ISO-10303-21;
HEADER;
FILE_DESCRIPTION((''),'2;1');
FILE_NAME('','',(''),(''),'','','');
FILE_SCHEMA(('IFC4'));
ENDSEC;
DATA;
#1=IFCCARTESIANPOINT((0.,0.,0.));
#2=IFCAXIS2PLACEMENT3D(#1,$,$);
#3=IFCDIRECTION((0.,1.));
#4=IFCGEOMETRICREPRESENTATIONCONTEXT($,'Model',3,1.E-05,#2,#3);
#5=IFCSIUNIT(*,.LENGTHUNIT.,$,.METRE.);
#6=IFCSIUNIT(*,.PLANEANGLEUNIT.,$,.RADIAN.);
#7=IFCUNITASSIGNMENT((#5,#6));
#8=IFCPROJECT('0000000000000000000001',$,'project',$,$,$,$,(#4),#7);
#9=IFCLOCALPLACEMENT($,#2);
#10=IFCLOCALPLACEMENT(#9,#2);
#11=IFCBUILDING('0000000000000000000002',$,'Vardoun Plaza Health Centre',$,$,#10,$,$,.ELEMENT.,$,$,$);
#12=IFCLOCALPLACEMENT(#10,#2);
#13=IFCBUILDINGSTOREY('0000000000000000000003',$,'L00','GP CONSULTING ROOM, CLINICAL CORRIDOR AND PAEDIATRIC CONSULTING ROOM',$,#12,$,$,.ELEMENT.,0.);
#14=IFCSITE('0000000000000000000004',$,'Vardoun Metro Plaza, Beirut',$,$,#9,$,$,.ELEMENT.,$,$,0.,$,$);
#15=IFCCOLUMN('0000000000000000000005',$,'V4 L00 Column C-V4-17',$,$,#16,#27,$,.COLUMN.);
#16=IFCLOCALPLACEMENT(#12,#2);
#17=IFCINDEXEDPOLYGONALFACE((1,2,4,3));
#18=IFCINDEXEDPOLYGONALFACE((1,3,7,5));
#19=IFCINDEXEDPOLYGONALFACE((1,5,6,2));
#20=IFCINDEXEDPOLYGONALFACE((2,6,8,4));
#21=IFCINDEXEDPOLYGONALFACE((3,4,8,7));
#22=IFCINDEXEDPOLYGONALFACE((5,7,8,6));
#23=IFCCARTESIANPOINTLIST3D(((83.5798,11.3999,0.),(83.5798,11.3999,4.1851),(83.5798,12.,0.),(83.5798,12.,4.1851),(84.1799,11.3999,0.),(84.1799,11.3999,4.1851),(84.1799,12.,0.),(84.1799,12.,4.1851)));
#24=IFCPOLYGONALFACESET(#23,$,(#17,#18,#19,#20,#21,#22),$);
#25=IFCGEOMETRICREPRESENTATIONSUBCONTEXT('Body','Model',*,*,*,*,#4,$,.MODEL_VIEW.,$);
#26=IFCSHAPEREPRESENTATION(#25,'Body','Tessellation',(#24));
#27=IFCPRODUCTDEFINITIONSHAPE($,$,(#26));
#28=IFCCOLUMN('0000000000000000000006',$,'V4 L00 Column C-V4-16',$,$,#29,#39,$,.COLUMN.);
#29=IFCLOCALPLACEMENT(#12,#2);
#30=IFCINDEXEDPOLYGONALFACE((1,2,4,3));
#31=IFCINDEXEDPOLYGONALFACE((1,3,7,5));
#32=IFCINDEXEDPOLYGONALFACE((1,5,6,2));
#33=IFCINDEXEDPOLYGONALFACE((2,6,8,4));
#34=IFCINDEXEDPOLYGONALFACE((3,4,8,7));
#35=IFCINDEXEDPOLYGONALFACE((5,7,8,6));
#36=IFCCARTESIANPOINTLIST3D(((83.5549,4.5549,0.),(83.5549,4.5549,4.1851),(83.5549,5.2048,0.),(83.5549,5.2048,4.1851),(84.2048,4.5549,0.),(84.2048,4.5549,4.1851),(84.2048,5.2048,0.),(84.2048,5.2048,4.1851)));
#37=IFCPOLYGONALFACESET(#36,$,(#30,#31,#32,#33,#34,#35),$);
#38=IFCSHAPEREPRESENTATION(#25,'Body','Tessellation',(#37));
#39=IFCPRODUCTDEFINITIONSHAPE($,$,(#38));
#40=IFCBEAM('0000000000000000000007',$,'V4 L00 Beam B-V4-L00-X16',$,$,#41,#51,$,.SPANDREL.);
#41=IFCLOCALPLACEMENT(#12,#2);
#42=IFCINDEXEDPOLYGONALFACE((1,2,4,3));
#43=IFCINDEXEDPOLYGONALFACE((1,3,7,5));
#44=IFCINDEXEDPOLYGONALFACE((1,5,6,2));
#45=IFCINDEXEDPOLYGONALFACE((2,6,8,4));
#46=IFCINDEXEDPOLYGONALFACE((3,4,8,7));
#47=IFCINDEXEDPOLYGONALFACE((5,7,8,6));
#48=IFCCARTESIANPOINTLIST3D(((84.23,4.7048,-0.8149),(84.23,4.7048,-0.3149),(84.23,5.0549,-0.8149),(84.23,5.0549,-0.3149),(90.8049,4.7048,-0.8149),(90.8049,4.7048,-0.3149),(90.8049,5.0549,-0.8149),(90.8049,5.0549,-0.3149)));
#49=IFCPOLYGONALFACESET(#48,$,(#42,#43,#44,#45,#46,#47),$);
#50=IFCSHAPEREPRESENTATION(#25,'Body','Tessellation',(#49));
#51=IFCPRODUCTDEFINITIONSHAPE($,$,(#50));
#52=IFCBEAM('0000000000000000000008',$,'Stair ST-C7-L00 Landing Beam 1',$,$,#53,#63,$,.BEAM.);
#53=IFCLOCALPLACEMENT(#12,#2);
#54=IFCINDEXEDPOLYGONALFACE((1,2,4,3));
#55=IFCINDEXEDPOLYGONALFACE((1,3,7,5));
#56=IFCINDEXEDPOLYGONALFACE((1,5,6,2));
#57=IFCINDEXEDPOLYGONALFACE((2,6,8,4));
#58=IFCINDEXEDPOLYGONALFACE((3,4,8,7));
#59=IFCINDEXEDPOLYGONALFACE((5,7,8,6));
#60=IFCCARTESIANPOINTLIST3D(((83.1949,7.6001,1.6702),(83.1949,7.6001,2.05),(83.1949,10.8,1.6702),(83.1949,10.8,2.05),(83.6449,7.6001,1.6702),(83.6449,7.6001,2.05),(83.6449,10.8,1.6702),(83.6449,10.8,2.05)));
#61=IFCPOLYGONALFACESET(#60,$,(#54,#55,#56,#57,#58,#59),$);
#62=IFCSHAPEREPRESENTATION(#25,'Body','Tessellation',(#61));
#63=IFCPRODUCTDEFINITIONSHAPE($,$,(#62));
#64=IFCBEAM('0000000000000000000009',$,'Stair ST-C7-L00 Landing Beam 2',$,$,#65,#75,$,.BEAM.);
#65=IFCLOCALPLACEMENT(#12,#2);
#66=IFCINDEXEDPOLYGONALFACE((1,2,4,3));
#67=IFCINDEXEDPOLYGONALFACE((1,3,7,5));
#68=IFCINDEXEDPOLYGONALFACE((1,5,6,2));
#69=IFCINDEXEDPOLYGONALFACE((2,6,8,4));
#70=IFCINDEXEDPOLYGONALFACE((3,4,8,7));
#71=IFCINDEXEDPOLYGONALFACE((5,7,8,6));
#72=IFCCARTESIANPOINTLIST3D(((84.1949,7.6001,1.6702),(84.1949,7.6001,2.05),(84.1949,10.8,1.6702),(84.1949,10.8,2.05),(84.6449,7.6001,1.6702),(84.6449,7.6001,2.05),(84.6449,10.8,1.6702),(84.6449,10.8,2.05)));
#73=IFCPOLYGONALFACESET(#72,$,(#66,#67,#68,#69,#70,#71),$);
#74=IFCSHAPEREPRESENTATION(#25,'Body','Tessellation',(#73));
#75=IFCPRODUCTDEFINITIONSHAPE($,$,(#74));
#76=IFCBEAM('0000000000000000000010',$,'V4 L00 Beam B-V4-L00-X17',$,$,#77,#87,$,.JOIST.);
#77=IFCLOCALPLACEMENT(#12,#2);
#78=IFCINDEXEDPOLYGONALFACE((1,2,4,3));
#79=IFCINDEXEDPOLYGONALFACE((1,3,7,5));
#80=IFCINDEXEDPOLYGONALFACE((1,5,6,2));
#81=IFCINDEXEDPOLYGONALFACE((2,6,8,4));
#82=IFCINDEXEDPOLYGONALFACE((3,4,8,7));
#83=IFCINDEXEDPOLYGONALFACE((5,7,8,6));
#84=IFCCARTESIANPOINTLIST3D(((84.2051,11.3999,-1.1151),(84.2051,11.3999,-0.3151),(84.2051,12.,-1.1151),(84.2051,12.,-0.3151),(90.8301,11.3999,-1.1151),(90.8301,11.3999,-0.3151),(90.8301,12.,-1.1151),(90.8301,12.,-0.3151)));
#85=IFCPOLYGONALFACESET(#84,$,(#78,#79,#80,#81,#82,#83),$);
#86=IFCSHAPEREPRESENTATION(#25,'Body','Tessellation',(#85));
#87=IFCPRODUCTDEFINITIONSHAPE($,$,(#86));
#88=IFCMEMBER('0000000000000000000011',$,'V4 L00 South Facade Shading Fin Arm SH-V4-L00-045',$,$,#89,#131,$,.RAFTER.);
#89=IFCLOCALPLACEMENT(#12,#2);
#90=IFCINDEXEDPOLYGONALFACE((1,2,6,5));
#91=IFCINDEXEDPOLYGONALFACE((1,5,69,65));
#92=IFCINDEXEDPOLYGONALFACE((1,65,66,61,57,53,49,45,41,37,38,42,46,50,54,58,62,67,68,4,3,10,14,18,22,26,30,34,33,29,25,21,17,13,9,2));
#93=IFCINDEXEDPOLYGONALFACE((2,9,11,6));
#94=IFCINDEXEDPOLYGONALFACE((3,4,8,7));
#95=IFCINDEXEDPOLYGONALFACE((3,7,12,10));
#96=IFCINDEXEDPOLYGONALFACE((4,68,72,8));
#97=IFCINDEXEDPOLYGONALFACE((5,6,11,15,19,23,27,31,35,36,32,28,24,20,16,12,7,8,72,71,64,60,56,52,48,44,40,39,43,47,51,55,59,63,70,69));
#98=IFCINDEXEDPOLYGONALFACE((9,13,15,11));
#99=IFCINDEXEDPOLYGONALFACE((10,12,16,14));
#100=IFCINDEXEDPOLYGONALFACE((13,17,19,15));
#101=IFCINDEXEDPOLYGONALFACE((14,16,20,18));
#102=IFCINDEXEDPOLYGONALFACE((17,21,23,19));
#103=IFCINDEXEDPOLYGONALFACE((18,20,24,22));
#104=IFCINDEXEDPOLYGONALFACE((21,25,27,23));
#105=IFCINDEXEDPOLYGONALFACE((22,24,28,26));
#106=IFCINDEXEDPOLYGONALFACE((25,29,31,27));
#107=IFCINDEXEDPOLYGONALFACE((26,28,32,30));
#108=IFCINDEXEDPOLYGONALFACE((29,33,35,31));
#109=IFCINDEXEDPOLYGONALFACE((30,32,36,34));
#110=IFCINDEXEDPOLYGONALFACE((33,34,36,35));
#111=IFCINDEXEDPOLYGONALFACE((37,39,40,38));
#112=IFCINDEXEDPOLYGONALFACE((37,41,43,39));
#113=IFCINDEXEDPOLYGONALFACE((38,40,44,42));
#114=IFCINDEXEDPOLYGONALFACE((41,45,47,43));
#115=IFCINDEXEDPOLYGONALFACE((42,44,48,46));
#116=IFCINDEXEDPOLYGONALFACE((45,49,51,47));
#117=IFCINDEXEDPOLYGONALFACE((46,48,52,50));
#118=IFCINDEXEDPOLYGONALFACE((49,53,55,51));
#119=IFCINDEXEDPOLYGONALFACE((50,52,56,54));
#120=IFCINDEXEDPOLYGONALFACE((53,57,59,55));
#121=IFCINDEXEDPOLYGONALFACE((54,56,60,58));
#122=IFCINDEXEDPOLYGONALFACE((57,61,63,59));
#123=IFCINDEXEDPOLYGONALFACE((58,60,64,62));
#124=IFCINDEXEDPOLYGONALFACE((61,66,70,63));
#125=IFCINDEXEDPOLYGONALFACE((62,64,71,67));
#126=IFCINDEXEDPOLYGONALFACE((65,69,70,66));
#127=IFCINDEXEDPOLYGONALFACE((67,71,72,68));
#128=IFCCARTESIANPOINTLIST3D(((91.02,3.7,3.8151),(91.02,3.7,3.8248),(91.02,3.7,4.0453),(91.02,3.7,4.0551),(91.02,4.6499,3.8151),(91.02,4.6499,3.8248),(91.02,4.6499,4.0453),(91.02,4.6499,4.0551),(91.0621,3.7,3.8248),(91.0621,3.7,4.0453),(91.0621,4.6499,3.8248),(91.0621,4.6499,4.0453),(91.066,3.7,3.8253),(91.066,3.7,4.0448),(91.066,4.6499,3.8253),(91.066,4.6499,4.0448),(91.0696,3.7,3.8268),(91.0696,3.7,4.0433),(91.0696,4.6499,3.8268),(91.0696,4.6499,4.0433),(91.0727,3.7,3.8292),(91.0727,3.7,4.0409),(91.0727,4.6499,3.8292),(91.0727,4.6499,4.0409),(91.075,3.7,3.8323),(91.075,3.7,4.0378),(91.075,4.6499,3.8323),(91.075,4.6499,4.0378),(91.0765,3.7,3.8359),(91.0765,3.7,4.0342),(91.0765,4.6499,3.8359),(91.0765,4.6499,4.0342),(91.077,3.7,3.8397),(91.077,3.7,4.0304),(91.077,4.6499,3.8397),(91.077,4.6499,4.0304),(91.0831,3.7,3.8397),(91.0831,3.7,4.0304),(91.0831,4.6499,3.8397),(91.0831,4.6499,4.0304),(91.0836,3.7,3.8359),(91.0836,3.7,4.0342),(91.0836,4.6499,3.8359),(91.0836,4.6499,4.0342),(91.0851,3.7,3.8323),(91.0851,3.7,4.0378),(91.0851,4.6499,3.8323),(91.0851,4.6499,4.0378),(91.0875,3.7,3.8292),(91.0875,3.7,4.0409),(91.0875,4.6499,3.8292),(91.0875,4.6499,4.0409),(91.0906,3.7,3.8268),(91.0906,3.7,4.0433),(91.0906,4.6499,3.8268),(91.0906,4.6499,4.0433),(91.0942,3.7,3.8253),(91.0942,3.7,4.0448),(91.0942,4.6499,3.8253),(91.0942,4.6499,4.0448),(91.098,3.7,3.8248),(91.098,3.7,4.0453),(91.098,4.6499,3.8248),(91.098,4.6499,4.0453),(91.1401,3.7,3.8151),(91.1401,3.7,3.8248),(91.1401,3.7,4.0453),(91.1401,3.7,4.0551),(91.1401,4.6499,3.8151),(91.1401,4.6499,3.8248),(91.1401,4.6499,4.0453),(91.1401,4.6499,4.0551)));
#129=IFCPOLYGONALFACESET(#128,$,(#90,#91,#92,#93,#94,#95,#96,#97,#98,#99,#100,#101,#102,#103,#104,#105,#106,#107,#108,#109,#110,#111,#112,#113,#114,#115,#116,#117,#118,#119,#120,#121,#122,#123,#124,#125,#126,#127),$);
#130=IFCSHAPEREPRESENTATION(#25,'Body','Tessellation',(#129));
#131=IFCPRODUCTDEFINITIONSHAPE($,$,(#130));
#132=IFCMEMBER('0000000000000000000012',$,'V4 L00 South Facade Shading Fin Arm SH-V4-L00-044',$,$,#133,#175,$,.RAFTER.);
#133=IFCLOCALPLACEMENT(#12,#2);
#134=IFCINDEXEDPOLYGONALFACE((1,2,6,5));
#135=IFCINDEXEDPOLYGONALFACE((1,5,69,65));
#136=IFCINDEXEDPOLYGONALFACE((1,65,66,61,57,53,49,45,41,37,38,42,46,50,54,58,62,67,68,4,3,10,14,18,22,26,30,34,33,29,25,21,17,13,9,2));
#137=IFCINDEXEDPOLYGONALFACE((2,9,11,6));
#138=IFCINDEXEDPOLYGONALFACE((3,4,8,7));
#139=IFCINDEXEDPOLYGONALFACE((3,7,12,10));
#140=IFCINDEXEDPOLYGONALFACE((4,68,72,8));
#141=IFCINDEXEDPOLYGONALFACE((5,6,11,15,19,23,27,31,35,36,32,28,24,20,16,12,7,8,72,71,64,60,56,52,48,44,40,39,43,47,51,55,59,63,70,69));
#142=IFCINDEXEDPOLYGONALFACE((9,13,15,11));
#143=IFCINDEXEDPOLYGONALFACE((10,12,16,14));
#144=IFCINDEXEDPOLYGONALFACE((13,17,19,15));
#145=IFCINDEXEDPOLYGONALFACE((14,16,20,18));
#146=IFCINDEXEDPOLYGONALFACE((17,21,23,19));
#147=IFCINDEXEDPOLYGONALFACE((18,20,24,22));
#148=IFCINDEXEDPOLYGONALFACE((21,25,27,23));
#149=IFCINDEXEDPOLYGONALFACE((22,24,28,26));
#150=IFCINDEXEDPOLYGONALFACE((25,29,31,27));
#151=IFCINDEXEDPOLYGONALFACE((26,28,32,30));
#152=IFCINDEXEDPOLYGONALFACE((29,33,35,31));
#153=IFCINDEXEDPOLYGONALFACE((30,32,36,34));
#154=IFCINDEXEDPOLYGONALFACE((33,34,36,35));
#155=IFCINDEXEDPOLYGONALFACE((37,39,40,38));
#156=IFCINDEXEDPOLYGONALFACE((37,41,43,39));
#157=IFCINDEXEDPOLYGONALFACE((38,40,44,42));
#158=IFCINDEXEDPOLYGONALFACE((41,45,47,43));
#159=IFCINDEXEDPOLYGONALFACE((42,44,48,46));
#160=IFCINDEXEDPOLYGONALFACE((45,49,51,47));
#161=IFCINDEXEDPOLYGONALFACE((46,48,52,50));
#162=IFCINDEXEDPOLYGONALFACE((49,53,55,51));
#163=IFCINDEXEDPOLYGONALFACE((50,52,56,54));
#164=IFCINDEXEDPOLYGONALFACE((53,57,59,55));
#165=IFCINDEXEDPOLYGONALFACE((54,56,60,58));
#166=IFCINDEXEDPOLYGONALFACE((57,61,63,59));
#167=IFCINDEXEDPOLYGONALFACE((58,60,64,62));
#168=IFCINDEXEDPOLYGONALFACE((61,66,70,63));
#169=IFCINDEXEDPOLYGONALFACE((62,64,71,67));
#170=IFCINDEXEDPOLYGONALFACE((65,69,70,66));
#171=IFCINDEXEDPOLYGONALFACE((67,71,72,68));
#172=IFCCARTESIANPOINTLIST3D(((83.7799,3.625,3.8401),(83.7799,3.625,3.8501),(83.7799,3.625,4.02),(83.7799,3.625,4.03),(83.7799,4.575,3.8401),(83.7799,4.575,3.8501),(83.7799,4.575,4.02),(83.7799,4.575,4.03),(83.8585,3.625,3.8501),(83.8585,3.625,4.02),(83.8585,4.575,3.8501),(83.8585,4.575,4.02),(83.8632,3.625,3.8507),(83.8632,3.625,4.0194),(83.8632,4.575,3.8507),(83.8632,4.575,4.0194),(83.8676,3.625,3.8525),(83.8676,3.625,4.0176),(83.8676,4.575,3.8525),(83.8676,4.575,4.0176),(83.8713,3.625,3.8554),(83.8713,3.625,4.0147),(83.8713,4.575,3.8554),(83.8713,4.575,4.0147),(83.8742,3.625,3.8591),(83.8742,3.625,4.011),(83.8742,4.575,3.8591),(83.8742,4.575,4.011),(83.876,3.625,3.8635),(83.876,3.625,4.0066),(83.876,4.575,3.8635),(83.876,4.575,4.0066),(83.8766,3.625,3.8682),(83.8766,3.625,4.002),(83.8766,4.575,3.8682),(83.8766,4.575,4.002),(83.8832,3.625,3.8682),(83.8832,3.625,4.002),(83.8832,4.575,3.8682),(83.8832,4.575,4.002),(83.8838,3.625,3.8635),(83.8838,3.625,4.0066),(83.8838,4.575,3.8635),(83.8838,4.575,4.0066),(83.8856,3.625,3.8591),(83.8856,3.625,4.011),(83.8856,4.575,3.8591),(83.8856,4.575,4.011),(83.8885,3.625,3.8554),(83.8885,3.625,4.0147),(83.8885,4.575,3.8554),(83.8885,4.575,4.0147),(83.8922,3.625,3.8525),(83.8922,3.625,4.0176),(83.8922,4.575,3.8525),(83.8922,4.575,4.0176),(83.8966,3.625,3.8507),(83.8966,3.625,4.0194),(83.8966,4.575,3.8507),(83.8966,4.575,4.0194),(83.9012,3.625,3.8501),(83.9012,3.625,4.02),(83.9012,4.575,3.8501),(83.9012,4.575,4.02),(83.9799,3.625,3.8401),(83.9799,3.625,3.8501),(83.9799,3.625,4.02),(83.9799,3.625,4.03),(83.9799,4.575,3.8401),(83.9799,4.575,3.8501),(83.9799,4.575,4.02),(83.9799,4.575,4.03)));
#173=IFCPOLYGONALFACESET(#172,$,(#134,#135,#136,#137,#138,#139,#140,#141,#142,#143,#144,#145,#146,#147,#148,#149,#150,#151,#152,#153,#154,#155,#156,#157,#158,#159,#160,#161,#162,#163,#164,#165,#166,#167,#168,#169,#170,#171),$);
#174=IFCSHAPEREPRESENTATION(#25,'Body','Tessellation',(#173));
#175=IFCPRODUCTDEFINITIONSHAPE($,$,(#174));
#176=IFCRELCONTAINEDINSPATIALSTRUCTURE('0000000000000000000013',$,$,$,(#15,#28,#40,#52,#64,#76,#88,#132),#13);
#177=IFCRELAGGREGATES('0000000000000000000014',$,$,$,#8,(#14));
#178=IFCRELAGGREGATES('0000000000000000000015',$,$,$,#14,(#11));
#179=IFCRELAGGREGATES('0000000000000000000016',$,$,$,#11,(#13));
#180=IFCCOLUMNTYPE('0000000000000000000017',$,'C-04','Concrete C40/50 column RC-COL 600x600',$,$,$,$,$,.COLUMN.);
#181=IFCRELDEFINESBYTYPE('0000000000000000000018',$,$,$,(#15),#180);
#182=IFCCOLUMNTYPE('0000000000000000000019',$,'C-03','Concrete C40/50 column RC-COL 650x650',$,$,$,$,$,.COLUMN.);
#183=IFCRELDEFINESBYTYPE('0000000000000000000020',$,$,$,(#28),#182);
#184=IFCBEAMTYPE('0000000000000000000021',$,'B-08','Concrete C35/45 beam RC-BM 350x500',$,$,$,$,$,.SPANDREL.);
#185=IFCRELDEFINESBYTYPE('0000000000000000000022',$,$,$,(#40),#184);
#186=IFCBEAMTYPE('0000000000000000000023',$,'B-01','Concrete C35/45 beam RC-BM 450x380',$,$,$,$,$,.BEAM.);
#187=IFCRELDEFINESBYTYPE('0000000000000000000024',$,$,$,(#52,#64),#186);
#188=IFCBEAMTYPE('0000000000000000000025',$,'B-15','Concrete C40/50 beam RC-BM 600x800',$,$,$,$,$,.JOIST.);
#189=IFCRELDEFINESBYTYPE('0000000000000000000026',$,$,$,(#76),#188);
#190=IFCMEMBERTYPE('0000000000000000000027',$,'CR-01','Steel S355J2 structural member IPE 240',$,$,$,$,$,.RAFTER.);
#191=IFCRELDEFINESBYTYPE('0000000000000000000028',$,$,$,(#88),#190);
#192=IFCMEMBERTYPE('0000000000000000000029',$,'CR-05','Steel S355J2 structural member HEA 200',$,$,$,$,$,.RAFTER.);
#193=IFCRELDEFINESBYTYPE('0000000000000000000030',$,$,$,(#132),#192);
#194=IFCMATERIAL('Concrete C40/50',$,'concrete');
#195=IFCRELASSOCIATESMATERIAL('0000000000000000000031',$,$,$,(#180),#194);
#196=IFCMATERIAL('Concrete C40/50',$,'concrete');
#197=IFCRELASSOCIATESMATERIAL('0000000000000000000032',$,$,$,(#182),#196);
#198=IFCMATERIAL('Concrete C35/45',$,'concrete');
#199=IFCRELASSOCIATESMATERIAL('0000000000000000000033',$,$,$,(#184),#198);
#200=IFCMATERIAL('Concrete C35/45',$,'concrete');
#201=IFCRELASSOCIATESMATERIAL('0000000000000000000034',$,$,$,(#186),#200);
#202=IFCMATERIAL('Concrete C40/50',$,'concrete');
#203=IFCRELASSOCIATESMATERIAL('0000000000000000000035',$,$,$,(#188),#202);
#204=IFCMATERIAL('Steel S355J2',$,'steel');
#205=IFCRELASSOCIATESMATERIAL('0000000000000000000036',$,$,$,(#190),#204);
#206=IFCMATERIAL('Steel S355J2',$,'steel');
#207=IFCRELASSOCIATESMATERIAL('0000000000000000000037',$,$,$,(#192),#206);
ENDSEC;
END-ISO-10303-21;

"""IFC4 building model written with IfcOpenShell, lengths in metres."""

from ifc_helpers import new_model, si_unit, direction, frame, origin, origin_2d, place, context, subcontext, project, spatial, rectangle, i_section, extrude, material, material_profile, profile_set, type_object, element, save


model = new_model("IFC4")

# Units and contexts
model_context = context("Model", 3, precision=1e-05, world=origin(), true_north=direction((0.0, 1.0)))
body_context = subcontext(model_context, "Body", "Model", "MODEL_VIEW")
ifc_project = project(units=[si_unit("LENGTHUNIT", "METRE"), si_unit("PLANEANGLEUNIT", "RADIAN")], contexts=[model_context])

# Site, building, storey
site_placement = place(None, origin())
site = spatial("IfcSite", under=ifc_project, at=site_placement, Name="Vardoun Metro Plaza, Beirut", CompositionType="ELEMENT", RefElevation=0.0)
building_placement = place(site_placement, origin())
building = spatial("IfcBuilding", under=site, at=building_placement, Name="Vardoun Plaza Health Centre", CompositionType="ELEMENT")
storey_placement = place(building_placement, origin())
storey = spatial("IfcBuildingStorey", under=building, at=storey_placement, Name="L00", Description="GP CONSULTING ROOM, CLINICAL CORRIDOR AND PAEDIATRIC CONSULTING ROOM", CompositionType="ELEMENT", Elevation=0.0)

# Columns
ifc_material_1 = material(Name="Concrete C40/50", Category="concrete")
ifc_material_profile_1 = material_profile(ifc_material_1, rectangle(XDim=0.6001, YDim=0.6001, at=origin_2d()), Name="RC-COL 600x600")
ifc_profile_set_1 = profile_set([ifc_material_profile_1], Name="Concrete C40/50")
column_type_1 = type_object("IfcColumnType", Name="C-04", Description="Concrete C40/50 column RC-COL 600x600", PredefinedType="COLUMN", material=ifc_profile_set_1)
column_1_placement = place(storey_placement, frame((83.8799, 11.7, 0.0), z_axis=(0.0, 0.0, 1.0), x_axis=(1.0, 0.0, 0.0)))
element("IfcColumn", 1, at=column_1_placement, inside=storey, type_object=column_type_1, Name="V4 L00 Column C-V4-17", PredefinedType="COLUMN", context=body_context, shape_type="SweptSolid", body=[
    extrude(rectangle(XDim=0.6001, YDim=0.6001, at=origin_2d()), origin(), (0.0, 0.0, 1.0), 4.1851),
])
ifc_material_2 = material(Name="Concrete C40/50", Category="concrete")
ifc_material_profile_2 = material_profile(ifc_material_2, rectangle(XDim=0.6499, YDim=0.6499, at=origin_2d()), Name="RC-COL 650x650")
ifc_profile_set_2 = profile_set([ifc_material_profile_2], Name="Concrete C40/50")
column_type_2 = type_object("IfcColumnType", Name="C-03", Description="Concrete C40/50 column RC-COL 650x650", PredefinedType="COLUMN", material=ifc_profile_set_2)
column_2_placement = place(storey_placement, frame((83.8799, 4.8799, 0.0), z_axis=(0.0, 0.0, 1.0), x_axis=(1.0, 0.0, 0.0)))
element("IfcColumn", 2, at=column_2_placement, inside=storey, type_object=column_type_2, Name="V4 L00 Column C-V4-16", PredefinedType="COLUMN", context=body_context, shape_type="SweptSolid", body=[
    extrude(rectangle(XDim=0.6499, YDim=0.6499, at=origin_2d()), origin(), (0.0, 0.0, 1.0), 4.1851),
])

# Beams
ifc_material_3 = material(Name="Concrete C35/45", Category="concrete")
ifc_material_profile_3 = material_profile(ifc_material_3, rectangle(XDim=0.3501, YDim=0.5, at=origin_2d()), Name="RC-BM 350x500")
ifc_profile_set_3 = profile_set([ifc_material_profile_3], Name="Concrete C35/45")
beam_type_1 = type_object("IfcBeamType", Name="B-08", Description="Concrete C35/45 beam RC-BM 350x500", PredefinedType="SPANDREL", material=ifc_profile_set_3)
beam_1_placement = place(storey_placement, frame((84.23, 4.8799, -0.5649), z_axis=(1.0, 0.0, 0.0), x_axis=(0.0, 1.0, 0.0)))
element("IfcBeam", 3, at=beam_1_placement, inside=storey, type_object=beam_type_1, Name="V4 L00 Beam B-V4-L00-X16", PredefinedType="SPANDREL", context=body_context, shape_type="SweptSolid", body=[
    extrude(rectangle(XDim=0.3501, YDim=0.5, at=origin_2d()), origin(), (0.0, 0.0, 1.0), 6.575),
])
ifc_material_4 = material(Name="Concrete C35/45", Category="concrete")
ifc_material_profile_4 = material_profile(ifc_material_4, rectangle(XDim=0.45, YDim=0.3799, at=origin_2d()), Name="RC-BM 450x380")
ifc_profile_set_4 = profile_set([ifc_material_profile_4], Name="Concrete C35/45")
beam_type_2 = type_object("IfcBeamType", Name="B-01", Description="Concrete C35/45 beam RC-BM 450x380", PredefinedType="BEAM", material=ifc_profile_set_4)
for number, where, z_axis, x_axis, name in (
    (4, (83.4199, 7.6001, 1.8601), (0.0, 1.0, 0.0), (-1.0, 0.0, 0.0), "Stair ST-C7-L00 Landing Beam 1"),
    (5, (84.4199, 7.6001, 1.8601), (0.0, 1.0, 0.0), (-1.0, 0.0, 0.0), "Stair ST-C7-L00 Landing Beam 2"),
):
    element("IfcBeam", number, at=place(storey_placement, frame(where, z_axis=z_axis, x_axis=x_axis)), inside=storey, type_object=beam_type_2, Name=name, PredefinedType="BEAM", context=body_context, shape_type="SweptSolid", body=[
        extrude(rectangle(XDim=0.45, YDim=0.3799, at=origin_2d()), origin(), (0.0, 0.0, 1.0), 3.2),
    ])
ifc_material_5 = material(Name="Concrete C40/50", Category="concrete")
ifc_material_profile_5 = material_profile(ifc_material_5, rectangle(XDim=0.6001, YDim=0.8, at=origin_2d()), Name="RC-BM 600x800")
ifc_profile_set_5 = profile_set([ifc_material_profile_5], Name="Concrete C40/50")
beam_type_3 = type_object("IfcBeamType", Name="B-15", Description="Concrete C40/50 beam RC-BM 600x800", PredefinedType="JOIST", material=ifc_profile_set_5)
beam_2_placement = place(storey_placement, frame((84.2051, 11.7, -0.7151), z_axis=(1.0, 0.0, 0.0), x_axis=(0.0, 1.0, 0.0)))
element("IfcBeam", 6, at=beam_2_placement, inside=storey, type_object=beam_type_3, Name="V4 L00 Beam B-V4-L00-X17", PredefinedType="JOIST", context=body_context, shape_type="SweptSolid", body=[
    extrude(rectangle(XDim=0.6001, YDim=0.8, at=origin_2d()), origin(), (0.0, 0.0, 1.0), 6.625),
])

# Members
ifc_material_6 = material(Name="Steel S355J2", Category="steel")
ifc_material_profile_6 = material_profile(ifc_material_6, i_section(OverallWidth=0.1201, OverallDepth=0.24, WebThickness=0.0061, FlangeThickness=0.0098, FilletRadius=0.0149, at=origin_2d()), Name="IPE 240")
ifc_profile_set_6 = profile_set([ifc_material_profile_6], Name="Steel S355J2")
member_type_1 = type_object("IfcMemberType", Name="CR-01", Description="Steel S355J2 structural member IPE 240", PredefinedType="RAFTER", material=ifc_profile_set_6)
member_1_placement = place(storey_placement, frame((91.0801, 4.6499, 3.9351), z_axis=(0.0, -1.0, 0.0), x_axis=(1.0, 0.0, 0.0)))
element("IfcMember", 7, at=member_1_placement, inside=storey, type_object=member_type_1, Name="V4 L00 South Facade Shading Fin Arm SH-V4-L00-045", PredefinedType="RAFTER", context=body_context, shape_type="SweptSolid", body=[
    extrude(i_section(OverallWidth=0.1201, OverallDepth=0.24, WebThickness=0.0061, FlangeThickness=0.0098, FilletRadius=0.0149, at=origin_2d()), origin(), (0.0, 0.0, 1.0), 0.95),
])
ifc_material_7 = material(Name="Steel S355J2", Category="steel")
ifc_material_profile_7 = material_profile(ifc_material_7, i_section(OverallWidth=0.2, OverallDepth=0.1899, WebThickness=0.0066, FlangeThickness=0.01, FilletRadius=0.0181, at=origin_2d()), Name="HEA 200")
ifc_profile_set_7 = profile_set([ifc_material_profile_7], Name="Steel S355J2")
member_type_2 = type_object("IfcMemberType", Name="CR-05", Description="Steel S355J2 structural member HEA 200", PredefinedType="RAFTER", material=ifc_profile_set_7)
member_2_placement = place(storey_placement, frame((83.8799, 4.575, 3.9351), z_axis=(0.0, -1.0, 0.0), x_axis=(1.0, 0.0, 0.0)))
element("IfcMember", 8, at=member_2_placement, inside=storey, type_object=member_type_2, Name="V4 L00 South Facade Shading Fin Arm SH-V4-L00-044", PredefinedType="RAFTER", context=body_context, shape_type="SweptSolid", body=[
    extrude(i_section(OverallWidth=0.2, OverallDepth=0.1899, WebThickness=0.0066, FlangeThickness=0.01, FilletRadius=0.0181, at=origin_2d()), origin(), (0.0, 0.0, 1.0), 0.95),
])

save(model, "model.ifc")
